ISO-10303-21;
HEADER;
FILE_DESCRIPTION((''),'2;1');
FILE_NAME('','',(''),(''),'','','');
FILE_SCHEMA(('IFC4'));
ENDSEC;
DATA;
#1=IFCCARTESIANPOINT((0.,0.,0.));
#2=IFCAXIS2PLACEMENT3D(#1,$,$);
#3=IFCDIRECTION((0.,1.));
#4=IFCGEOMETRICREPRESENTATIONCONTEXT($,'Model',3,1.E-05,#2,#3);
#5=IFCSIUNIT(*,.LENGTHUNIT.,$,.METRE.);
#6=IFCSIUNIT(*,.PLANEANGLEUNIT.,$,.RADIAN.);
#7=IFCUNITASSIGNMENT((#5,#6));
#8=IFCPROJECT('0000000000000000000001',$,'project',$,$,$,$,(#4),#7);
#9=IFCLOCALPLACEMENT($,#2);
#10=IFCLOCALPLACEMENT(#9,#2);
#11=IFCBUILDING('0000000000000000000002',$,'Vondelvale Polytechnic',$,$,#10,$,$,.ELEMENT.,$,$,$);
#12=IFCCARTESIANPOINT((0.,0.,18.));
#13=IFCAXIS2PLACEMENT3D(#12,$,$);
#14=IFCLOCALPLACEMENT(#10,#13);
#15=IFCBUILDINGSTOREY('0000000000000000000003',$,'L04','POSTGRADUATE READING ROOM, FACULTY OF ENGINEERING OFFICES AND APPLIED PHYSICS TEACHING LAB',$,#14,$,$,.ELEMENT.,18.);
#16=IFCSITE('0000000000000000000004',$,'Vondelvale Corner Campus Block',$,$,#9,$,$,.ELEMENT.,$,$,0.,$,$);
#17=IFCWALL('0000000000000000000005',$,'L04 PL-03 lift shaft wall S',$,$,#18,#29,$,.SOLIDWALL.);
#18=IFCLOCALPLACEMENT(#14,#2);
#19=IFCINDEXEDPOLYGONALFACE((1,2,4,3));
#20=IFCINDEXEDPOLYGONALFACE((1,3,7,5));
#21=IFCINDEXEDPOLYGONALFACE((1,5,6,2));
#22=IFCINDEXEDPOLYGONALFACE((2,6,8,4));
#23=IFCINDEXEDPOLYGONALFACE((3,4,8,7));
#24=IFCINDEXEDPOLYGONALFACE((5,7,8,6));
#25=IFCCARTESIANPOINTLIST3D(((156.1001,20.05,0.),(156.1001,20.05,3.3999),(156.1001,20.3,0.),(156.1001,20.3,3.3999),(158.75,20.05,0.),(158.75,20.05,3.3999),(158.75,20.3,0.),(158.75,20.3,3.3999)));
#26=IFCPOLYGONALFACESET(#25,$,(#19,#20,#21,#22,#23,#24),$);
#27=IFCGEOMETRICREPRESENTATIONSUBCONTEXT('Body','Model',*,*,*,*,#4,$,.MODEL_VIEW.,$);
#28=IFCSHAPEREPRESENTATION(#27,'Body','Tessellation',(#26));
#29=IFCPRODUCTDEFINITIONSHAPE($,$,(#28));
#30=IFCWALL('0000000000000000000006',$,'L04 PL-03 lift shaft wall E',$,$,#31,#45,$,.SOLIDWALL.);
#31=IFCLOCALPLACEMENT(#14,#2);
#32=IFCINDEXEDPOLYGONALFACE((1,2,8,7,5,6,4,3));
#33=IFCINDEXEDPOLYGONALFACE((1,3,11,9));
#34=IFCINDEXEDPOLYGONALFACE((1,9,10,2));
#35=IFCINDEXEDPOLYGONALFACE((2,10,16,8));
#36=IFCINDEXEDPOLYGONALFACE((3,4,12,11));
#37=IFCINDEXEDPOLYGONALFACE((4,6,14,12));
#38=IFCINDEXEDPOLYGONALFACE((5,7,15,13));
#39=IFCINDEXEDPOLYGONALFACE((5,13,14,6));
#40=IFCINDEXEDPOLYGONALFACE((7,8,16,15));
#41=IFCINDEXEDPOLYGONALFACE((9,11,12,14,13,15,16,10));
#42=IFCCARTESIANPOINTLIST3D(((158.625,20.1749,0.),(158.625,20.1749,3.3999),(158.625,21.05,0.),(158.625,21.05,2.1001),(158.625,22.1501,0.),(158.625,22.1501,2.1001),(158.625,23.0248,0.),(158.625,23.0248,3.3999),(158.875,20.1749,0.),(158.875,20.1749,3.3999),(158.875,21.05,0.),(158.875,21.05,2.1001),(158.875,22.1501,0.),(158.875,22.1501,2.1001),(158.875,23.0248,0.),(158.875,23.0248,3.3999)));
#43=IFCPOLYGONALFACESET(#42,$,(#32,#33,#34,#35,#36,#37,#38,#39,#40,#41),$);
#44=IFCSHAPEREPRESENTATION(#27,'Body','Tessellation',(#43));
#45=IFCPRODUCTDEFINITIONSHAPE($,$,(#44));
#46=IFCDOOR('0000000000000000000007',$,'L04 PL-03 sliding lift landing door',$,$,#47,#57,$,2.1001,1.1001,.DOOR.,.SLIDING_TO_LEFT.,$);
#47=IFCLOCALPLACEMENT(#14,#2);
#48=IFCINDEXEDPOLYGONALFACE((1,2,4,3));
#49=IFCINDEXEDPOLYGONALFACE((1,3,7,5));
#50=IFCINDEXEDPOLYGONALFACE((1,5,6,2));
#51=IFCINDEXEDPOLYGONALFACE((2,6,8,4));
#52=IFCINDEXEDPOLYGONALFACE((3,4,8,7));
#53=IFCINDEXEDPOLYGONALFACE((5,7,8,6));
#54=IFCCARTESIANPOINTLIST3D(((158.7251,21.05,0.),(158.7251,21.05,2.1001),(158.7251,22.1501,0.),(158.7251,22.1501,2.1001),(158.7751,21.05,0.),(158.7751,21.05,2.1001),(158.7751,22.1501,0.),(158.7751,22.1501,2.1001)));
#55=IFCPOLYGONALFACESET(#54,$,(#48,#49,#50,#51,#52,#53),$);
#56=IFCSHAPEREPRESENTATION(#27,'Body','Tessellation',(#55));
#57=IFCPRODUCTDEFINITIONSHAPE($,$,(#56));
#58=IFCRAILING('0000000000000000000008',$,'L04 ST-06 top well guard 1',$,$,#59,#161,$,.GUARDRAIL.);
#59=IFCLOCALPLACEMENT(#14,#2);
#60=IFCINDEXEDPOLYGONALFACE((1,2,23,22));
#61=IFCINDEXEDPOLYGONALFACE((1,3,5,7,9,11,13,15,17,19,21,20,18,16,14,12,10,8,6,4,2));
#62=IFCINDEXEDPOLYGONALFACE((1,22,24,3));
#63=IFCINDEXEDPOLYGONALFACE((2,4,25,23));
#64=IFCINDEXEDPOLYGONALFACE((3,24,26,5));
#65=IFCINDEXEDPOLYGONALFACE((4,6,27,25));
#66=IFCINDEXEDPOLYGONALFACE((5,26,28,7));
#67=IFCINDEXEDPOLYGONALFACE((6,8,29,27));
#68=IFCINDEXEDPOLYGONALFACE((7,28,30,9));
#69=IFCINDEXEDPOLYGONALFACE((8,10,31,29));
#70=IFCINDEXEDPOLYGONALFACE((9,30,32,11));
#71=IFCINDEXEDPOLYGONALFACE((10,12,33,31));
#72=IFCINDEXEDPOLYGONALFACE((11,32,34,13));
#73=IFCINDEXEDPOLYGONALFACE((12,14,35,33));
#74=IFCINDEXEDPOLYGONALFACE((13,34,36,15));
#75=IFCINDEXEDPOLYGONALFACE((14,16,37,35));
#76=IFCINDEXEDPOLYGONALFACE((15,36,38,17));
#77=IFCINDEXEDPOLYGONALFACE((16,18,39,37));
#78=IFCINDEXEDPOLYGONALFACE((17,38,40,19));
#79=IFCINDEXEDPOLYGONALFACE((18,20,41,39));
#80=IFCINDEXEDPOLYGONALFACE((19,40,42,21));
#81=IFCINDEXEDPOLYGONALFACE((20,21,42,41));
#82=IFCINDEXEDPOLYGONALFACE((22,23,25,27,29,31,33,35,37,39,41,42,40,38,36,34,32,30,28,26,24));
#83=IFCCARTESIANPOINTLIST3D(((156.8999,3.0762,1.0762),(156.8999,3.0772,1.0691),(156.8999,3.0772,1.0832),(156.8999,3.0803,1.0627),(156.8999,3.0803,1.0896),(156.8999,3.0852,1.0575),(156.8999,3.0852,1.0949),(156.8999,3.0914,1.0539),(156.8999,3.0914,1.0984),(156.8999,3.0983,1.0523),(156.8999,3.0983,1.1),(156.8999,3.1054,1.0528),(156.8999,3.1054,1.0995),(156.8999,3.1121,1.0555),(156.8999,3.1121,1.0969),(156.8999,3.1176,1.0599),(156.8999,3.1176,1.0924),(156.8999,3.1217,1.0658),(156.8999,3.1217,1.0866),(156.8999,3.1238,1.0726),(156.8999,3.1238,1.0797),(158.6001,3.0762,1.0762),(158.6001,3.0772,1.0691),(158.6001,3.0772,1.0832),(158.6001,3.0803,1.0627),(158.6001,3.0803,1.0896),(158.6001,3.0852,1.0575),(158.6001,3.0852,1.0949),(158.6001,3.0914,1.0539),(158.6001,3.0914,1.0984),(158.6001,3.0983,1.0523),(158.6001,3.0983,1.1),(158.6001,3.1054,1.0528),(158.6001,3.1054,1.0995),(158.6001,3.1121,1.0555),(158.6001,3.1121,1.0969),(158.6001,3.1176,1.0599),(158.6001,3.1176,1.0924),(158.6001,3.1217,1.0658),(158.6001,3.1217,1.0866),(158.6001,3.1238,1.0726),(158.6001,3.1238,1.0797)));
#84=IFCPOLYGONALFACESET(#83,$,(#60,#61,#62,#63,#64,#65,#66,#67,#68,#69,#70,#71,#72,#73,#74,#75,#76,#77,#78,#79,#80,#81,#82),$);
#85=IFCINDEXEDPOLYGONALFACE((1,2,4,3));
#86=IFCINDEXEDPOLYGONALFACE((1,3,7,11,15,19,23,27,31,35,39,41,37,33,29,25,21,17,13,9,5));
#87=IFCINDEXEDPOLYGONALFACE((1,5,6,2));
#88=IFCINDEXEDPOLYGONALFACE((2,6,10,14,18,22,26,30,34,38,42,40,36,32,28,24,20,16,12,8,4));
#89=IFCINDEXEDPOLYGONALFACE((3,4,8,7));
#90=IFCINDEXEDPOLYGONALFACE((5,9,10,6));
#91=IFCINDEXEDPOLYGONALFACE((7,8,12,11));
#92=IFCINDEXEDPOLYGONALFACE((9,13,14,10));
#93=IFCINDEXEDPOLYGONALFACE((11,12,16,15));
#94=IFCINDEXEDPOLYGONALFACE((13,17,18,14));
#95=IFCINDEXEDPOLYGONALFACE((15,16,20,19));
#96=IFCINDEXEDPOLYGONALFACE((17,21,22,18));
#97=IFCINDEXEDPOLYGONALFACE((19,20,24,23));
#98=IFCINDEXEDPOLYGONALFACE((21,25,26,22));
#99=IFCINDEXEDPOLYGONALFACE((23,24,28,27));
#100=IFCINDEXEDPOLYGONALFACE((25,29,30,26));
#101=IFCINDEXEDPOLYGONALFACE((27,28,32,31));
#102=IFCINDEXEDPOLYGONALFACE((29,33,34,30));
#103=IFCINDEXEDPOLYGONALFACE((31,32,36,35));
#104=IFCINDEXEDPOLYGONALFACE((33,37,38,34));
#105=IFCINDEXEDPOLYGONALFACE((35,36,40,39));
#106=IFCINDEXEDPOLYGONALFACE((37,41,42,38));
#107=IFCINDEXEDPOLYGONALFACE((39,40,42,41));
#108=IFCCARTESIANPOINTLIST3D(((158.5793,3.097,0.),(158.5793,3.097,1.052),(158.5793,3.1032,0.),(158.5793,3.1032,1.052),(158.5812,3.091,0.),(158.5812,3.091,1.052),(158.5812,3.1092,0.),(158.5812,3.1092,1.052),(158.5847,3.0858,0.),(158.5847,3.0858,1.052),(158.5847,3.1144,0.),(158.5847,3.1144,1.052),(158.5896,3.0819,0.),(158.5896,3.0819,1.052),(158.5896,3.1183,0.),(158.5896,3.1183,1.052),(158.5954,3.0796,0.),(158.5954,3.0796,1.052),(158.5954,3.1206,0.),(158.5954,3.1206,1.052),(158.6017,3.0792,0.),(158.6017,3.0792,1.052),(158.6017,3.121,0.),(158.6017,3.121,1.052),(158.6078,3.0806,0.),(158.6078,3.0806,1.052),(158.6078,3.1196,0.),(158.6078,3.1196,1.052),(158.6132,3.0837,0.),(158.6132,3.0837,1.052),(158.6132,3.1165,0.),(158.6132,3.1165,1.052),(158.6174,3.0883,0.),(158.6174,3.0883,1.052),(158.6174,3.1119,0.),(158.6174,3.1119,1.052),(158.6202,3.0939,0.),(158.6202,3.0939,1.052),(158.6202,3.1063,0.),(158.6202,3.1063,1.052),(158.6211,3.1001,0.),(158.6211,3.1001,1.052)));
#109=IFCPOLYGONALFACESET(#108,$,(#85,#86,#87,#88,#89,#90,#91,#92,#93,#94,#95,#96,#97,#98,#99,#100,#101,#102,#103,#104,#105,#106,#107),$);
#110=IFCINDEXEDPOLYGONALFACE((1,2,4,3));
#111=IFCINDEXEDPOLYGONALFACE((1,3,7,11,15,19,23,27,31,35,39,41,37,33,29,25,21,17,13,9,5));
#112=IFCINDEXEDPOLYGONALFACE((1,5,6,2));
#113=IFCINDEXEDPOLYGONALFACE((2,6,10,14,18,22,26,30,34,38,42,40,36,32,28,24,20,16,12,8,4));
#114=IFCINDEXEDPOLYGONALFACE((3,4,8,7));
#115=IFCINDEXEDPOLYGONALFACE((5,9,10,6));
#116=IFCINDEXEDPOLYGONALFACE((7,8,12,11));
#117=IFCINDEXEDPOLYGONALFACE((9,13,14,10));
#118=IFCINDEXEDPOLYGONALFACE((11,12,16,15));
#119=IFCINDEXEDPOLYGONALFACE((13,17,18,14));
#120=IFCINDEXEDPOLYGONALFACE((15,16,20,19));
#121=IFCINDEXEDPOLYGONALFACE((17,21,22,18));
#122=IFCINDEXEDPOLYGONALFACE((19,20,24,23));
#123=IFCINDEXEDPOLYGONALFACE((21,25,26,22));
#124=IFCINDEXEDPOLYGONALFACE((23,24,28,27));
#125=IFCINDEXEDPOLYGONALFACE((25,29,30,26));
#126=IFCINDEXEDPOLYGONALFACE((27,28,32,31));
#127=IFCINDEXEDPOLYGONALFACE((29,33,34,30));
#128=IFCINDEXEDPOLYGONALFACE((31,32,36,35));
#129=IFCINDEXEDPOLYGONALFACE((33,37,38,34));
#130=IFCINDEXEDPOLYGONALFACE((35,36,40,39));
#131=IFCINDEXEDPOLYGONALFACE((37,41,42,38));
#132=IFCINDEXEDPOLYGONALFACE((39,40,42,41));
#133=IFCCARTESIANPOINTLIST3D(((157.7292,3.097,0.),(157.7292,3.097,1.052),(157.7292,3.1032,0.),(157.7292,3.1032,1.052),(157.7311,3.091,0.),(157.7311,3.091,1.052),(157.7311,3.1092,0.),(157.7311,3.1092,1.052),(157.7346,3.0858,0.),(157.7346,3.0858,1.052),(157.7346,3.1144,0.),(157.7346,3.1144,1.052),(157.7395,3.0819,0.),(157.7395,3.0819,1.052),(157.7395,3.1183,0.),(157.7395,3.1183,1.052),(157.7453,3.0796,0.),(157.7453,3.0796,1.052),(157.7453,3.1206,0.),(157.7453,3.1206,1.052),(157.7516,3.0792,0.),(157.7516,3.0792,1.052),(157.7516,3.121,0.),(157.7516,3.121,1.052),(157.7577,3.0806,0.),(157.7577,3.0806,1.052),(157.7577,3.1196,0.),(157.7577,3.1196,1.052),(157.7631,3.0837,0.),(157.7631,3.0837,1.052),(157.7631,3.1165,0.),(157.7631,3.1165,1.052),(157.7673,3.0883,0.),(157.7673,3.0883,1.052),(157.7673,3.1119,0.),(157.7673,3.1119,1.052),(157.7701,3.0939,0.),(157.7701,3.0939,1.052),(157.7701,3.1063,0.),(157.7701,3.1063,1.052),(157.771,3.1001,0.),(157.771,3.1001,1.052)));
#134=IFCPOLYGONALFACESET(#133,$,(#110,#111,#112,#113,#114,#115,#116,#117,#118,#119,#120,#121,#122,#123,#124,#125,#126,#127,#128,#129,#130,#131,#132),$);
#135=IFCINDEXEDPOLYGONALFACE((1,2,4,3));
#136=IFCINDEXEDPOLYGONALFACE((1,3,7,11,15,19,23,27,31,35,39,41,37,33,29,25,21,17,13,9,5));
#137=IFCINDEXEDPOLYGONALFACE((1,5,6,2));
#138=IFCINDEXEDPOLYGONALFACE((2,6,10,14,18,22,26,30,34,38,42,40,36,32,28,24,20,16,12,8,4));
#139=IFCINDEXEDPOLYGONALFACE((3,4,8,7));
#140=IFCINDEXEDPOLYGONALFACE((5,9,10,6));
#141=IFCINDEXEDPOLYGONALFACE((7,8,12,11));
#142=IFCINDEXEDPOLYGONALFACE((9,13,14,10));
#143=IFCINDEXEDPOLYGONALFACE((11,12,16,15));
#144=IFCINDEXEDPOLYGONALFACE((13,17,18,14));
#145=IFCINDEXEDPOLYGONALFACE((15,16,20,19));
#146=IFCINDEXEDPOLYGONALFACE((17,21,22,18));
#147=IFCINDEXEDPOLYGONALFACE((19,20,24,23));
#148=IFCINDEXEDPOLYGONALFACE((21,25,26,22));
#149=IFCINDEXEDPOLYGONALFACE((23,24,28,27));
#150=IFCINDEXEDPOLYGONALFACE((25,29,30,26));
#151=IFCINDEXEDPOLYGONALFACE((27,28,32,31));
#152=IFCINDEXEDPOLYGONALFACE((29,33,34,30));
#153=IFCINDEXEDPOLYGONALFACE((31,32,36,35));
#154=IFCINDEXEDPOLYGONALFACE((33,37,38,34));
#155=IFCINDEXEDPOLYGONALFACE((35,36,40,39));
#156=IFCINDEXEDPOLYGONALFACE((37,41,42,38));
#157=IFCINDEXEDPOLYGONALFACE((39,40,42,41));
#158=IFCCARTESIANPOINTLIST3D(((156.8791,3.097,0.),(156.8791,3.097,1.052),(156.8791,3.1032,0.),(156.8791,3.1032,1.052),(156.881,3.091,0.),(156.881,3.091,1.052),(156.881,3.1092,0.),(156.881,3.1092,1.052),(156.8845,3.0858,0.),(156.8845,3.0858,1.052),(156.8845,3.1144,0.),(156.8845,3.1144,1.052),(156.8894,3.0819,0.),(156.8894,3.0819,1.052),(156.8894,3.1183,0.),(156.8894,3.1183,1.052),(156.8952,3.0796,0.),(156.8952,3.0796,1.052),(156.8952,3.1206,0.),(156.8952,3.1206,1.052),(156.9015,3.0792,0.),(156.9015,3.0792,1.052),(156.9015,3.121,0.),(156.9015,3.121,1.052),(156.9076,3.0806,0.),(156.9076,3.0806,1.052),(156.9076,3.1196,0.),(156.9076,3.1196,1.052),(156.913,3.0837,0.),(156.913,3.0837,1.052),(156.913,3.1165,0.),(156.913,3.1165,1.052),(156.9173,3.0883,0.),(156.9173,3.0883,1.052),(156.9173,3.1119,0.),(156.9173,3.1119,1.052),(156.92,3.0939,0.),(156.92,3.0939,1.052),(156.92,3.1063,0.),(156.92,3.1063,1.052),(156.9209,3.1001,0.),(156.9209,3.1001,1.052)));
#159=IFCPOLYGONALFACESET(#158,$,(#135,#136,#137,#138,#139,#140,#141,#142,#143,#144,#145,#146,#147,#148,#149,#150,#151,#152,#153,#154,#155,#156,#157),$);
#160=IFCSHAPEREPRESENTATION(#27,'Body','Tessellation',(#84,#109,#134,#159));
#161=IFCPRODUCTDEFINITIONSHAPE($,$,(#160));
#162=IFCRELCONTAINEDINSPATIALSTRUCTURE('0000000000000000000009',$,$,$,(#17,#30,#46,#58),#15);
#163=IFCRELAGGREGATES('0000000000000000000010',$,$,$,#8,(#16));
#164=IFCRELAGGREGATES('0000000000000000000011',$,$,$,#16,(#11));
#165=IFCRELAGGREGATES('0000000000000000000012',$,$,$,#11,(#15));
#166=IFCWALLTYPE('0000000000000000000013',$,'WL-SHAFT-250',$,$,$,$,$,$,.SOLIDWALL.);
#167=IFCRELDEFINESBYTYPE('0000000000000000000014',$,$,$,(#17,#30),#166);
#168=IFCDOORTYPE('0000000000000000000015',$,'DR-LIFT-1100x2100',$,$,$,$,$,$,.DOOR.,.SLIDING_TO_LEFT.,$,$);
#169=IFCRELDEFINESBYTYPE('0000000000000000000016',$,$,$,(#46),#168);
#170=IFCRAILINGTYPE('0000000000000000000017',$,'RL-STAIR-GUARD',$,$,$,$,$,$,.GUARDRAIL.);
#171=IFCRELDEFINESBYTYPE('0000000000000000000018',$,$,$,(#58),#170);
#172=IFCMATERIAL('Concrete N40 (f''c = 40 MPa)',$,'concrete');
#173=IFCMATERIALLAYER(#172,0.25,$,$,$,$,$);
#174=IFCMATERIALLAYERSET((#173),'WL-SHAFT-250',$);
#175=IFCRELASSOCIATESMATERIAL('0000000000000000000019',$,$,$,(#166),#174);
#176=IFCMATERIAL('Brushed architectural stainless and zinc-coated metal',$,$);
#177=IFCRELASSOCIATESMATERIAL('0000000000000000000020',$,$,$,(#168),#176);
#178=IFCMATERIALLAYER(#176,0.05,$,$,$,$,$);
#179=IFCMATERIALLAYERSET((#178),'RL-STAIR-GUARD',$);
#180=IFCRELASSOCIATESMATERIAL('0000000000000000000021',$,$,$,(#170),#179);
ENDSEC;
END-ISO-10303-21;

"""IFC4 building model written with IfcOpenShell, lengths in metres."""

from ifc_helpers import new_model, si_unit, direction, frame, frame_2d, origin, origin_2d, place, context, subcontext, project, spatial, rectangle, circle, extrude, material, layer, layer_set, type_object, element, fill, save


model = new_model("IFC4")

# Units and contexts
model_context = context("Model", 3, precision=1e-05, world=origin(), true_north=direction((0.0, 1.0)))
body_context = subcontext(model_context, "Body", "Model", "MODEL_VIEW")
ifc_project = project(units=[si_unit("LENGTHUNIT", "METRE"), si_unit("PLANEANGLEUNIT", "RADIAN")], contexts=[model_context])

# Site, building, storey
site_placement = place(None, origin())
site = spatial("IfcSite", under=ifc_project, at=site_placement, Name="Vondelvale Corner Campus Block", CompositionType="ELEMENT", RefElevation=0.0)
building_placement = place(site_placement, origin())
building = spatial("IfcBuilding", under=site, at=building_placement, Name="Vondelvale Polytechnic", CompositionType="ELEMENT")
storey_placement = place(building_placement, frame((0.0, 0.0, 18.0)))
storey = spatial("IfcBuildingStorey", under=building, at=storey_placement, Name="L04", Description="POSTGRADUATE READING ROOM, FACULTY OF ENGINEERING OFFICES AND APPLIED PHYSICS TEACHING LAB", CompositionType="ELEMENT", Elevation=18.0)

# Shared definitions
ifc_material_1 = material(Name="Concrete N40 (f'c = 40 MPa)", Category="concrete")

# Shared definitions
ifc_material_2 = material(Name="Brushed architectural stainless and zinc-coated metal")

# Wall
ifc_layer_1 = layer(ifc_material_1, 0.25)
ifc_layer_set_1 = layer_set([ifc_layer_1], Name="WL-SHAFT-250")
wall_type_1 = type_object("IfcWallType", Name="WL-SHAFT-250", PredefinedType="SOLIDWALL", material=ifc_layer_set_1)
wall_1_placement = place(storey_placement, frame((156.1001, 20.175, 0.0), z_axis=(0.0, 0.0, 1.0), x_axis=(1.0, 0.0, 0.0)))
element("IfcWall", 1, at=wall_1_placement, inside=storey, type_object=wall_type_1, Name="L04 PL-03 lift shaft wall S", PredefinedType="SOLIDWALL", context=body_context, shape_type="SweptSolid", body=[
    extrude(rectangle(XDim=2.6499, YDim=0.25, at=frame_2d((1.325, 0.0))), origin(), (0.0, 0.0, 1.0), 3.3999),
])

# Wall, opening, door
wall_2_placement = place(storey_placement, frame((158.75, 20.175, 0.0), z_axis=(0.0, 0.0, 1.0), x_axis=(0.0, 1.0, 0.0)))
wall_2 = element("IfcWall", 2, at=wall_2_placement, inside=storey, type_object=wall_type_1, Name="L04 PL-03 lift shaft wall E", PredefinedType="SOLIDWALL", context=body_context, shape_type="SweptSolid", body=[
    extrude(rectangle(XDim=2.8499, YDim=0.25, at=frame_2d((1.4248, 0.0))), origin(), (0.0, 0.0, 1.0), 3.3999),
])
opening_1_placement = place(wall_2_placement, frame((0.875, 0.0, 0.0)))
opening_1 = element("IfcOpeningElement", 3, at=opening_1_placement, cuts=wall_2, PredefinedType="OPENING", context=body_context, shape_type="SweptSolid", body=[
    extrude(rectangle(XDim=1.1001, YDim=2.1001, at=frame_2d((0.55, 1.05))), frame((0.0, 0.135, 0.0), z_axis=(0.0, -1.0, 0.0), x_axis=(1.0, 0.0, 0.0)), (0.0, 0.0, 1.0), 0.27),
])
door_type_1 = type_object("IfcDoorType", Name="DR-LIFT-1100x2100", OperationType="SLIDING_TO_LEFT", PredefinedType="DOOR", material=ifc_material_2)
door_1_placement = place(opening_1_placement, origin())
door_1 = element("IfcDoor", 4, at=door_1_placement, inside=storey, type_object=door_type_1, Name="L04 PL-03 sliding lift landing door", OperationType="SLIDING_TO_LEFT", OverallHeight=2.1001, OverallWidth=1.1001, PredefinedType="DOOR", context=body_context, shape_type="SweptSolid", body=[
    extrude(rectangle(XDim=1.1001, YDim=2.1001, at=frame_2d((0.55, 1.05))), frame((0.0, 0.0249, 0.0), z_axis=(0.0, -1.0, 0.0), x_axis=(1.0, 0.0, 0.0)), (0.0, 0.0, 1.0), 0.05),
])
fill(opening_1, door_1)

# Railing
ifc_layer_2 = layer(ifc_material_2, 0.05)
ifc_layer_set_2 = layer_set([ifc_layer_2], Name="RL-STAIR-GUARD")
railing_type = type_object("IfcRailingType", Name="RL-STAIR-GUARD", PredefinedType="GUARDRAIL", material=ifc_layer_set_2)
for number, where, name in (
    (5, (158.6001, 3.1001, 0.0), "L04 ST-06 top well guard 1"),
):
    element("IfcRailing", number, at=place(storey_placement, frame(where)), inside=storey, type_object=railing_type, Name=name, PredefinedType="GUARDRAIL", context=body_context, shape_type="SweptSolid", body=[
        extrude(circle(Radius=0.0239, at=origin_2d()), frame((0.0, 0.0, 1.0762), z_axis=(-1.0, 0.0, 0.0), x_axis=(0.0, -1.0, 0.0)), (0.0, 0.0, 1.0), 1.7002),
        extrude(circle(Radius=0.021, at=origin_2d()), origin(), (0.0, 0.0, 1.0), 1.052),
        extrude(circle(Radius=0.021, at=origin_2d()), frame((-0.8501, 0.0, 0.0)), (0.0, 0.0, 1.0), 1.052),
        extrude(circle(Radius=0.021, at=origin_2d()), frame((-1.7002, 0.0, 0.0)), (0.0, 0.0, 1.0), 1.052),
    ])

save(model, "model.ifc")
